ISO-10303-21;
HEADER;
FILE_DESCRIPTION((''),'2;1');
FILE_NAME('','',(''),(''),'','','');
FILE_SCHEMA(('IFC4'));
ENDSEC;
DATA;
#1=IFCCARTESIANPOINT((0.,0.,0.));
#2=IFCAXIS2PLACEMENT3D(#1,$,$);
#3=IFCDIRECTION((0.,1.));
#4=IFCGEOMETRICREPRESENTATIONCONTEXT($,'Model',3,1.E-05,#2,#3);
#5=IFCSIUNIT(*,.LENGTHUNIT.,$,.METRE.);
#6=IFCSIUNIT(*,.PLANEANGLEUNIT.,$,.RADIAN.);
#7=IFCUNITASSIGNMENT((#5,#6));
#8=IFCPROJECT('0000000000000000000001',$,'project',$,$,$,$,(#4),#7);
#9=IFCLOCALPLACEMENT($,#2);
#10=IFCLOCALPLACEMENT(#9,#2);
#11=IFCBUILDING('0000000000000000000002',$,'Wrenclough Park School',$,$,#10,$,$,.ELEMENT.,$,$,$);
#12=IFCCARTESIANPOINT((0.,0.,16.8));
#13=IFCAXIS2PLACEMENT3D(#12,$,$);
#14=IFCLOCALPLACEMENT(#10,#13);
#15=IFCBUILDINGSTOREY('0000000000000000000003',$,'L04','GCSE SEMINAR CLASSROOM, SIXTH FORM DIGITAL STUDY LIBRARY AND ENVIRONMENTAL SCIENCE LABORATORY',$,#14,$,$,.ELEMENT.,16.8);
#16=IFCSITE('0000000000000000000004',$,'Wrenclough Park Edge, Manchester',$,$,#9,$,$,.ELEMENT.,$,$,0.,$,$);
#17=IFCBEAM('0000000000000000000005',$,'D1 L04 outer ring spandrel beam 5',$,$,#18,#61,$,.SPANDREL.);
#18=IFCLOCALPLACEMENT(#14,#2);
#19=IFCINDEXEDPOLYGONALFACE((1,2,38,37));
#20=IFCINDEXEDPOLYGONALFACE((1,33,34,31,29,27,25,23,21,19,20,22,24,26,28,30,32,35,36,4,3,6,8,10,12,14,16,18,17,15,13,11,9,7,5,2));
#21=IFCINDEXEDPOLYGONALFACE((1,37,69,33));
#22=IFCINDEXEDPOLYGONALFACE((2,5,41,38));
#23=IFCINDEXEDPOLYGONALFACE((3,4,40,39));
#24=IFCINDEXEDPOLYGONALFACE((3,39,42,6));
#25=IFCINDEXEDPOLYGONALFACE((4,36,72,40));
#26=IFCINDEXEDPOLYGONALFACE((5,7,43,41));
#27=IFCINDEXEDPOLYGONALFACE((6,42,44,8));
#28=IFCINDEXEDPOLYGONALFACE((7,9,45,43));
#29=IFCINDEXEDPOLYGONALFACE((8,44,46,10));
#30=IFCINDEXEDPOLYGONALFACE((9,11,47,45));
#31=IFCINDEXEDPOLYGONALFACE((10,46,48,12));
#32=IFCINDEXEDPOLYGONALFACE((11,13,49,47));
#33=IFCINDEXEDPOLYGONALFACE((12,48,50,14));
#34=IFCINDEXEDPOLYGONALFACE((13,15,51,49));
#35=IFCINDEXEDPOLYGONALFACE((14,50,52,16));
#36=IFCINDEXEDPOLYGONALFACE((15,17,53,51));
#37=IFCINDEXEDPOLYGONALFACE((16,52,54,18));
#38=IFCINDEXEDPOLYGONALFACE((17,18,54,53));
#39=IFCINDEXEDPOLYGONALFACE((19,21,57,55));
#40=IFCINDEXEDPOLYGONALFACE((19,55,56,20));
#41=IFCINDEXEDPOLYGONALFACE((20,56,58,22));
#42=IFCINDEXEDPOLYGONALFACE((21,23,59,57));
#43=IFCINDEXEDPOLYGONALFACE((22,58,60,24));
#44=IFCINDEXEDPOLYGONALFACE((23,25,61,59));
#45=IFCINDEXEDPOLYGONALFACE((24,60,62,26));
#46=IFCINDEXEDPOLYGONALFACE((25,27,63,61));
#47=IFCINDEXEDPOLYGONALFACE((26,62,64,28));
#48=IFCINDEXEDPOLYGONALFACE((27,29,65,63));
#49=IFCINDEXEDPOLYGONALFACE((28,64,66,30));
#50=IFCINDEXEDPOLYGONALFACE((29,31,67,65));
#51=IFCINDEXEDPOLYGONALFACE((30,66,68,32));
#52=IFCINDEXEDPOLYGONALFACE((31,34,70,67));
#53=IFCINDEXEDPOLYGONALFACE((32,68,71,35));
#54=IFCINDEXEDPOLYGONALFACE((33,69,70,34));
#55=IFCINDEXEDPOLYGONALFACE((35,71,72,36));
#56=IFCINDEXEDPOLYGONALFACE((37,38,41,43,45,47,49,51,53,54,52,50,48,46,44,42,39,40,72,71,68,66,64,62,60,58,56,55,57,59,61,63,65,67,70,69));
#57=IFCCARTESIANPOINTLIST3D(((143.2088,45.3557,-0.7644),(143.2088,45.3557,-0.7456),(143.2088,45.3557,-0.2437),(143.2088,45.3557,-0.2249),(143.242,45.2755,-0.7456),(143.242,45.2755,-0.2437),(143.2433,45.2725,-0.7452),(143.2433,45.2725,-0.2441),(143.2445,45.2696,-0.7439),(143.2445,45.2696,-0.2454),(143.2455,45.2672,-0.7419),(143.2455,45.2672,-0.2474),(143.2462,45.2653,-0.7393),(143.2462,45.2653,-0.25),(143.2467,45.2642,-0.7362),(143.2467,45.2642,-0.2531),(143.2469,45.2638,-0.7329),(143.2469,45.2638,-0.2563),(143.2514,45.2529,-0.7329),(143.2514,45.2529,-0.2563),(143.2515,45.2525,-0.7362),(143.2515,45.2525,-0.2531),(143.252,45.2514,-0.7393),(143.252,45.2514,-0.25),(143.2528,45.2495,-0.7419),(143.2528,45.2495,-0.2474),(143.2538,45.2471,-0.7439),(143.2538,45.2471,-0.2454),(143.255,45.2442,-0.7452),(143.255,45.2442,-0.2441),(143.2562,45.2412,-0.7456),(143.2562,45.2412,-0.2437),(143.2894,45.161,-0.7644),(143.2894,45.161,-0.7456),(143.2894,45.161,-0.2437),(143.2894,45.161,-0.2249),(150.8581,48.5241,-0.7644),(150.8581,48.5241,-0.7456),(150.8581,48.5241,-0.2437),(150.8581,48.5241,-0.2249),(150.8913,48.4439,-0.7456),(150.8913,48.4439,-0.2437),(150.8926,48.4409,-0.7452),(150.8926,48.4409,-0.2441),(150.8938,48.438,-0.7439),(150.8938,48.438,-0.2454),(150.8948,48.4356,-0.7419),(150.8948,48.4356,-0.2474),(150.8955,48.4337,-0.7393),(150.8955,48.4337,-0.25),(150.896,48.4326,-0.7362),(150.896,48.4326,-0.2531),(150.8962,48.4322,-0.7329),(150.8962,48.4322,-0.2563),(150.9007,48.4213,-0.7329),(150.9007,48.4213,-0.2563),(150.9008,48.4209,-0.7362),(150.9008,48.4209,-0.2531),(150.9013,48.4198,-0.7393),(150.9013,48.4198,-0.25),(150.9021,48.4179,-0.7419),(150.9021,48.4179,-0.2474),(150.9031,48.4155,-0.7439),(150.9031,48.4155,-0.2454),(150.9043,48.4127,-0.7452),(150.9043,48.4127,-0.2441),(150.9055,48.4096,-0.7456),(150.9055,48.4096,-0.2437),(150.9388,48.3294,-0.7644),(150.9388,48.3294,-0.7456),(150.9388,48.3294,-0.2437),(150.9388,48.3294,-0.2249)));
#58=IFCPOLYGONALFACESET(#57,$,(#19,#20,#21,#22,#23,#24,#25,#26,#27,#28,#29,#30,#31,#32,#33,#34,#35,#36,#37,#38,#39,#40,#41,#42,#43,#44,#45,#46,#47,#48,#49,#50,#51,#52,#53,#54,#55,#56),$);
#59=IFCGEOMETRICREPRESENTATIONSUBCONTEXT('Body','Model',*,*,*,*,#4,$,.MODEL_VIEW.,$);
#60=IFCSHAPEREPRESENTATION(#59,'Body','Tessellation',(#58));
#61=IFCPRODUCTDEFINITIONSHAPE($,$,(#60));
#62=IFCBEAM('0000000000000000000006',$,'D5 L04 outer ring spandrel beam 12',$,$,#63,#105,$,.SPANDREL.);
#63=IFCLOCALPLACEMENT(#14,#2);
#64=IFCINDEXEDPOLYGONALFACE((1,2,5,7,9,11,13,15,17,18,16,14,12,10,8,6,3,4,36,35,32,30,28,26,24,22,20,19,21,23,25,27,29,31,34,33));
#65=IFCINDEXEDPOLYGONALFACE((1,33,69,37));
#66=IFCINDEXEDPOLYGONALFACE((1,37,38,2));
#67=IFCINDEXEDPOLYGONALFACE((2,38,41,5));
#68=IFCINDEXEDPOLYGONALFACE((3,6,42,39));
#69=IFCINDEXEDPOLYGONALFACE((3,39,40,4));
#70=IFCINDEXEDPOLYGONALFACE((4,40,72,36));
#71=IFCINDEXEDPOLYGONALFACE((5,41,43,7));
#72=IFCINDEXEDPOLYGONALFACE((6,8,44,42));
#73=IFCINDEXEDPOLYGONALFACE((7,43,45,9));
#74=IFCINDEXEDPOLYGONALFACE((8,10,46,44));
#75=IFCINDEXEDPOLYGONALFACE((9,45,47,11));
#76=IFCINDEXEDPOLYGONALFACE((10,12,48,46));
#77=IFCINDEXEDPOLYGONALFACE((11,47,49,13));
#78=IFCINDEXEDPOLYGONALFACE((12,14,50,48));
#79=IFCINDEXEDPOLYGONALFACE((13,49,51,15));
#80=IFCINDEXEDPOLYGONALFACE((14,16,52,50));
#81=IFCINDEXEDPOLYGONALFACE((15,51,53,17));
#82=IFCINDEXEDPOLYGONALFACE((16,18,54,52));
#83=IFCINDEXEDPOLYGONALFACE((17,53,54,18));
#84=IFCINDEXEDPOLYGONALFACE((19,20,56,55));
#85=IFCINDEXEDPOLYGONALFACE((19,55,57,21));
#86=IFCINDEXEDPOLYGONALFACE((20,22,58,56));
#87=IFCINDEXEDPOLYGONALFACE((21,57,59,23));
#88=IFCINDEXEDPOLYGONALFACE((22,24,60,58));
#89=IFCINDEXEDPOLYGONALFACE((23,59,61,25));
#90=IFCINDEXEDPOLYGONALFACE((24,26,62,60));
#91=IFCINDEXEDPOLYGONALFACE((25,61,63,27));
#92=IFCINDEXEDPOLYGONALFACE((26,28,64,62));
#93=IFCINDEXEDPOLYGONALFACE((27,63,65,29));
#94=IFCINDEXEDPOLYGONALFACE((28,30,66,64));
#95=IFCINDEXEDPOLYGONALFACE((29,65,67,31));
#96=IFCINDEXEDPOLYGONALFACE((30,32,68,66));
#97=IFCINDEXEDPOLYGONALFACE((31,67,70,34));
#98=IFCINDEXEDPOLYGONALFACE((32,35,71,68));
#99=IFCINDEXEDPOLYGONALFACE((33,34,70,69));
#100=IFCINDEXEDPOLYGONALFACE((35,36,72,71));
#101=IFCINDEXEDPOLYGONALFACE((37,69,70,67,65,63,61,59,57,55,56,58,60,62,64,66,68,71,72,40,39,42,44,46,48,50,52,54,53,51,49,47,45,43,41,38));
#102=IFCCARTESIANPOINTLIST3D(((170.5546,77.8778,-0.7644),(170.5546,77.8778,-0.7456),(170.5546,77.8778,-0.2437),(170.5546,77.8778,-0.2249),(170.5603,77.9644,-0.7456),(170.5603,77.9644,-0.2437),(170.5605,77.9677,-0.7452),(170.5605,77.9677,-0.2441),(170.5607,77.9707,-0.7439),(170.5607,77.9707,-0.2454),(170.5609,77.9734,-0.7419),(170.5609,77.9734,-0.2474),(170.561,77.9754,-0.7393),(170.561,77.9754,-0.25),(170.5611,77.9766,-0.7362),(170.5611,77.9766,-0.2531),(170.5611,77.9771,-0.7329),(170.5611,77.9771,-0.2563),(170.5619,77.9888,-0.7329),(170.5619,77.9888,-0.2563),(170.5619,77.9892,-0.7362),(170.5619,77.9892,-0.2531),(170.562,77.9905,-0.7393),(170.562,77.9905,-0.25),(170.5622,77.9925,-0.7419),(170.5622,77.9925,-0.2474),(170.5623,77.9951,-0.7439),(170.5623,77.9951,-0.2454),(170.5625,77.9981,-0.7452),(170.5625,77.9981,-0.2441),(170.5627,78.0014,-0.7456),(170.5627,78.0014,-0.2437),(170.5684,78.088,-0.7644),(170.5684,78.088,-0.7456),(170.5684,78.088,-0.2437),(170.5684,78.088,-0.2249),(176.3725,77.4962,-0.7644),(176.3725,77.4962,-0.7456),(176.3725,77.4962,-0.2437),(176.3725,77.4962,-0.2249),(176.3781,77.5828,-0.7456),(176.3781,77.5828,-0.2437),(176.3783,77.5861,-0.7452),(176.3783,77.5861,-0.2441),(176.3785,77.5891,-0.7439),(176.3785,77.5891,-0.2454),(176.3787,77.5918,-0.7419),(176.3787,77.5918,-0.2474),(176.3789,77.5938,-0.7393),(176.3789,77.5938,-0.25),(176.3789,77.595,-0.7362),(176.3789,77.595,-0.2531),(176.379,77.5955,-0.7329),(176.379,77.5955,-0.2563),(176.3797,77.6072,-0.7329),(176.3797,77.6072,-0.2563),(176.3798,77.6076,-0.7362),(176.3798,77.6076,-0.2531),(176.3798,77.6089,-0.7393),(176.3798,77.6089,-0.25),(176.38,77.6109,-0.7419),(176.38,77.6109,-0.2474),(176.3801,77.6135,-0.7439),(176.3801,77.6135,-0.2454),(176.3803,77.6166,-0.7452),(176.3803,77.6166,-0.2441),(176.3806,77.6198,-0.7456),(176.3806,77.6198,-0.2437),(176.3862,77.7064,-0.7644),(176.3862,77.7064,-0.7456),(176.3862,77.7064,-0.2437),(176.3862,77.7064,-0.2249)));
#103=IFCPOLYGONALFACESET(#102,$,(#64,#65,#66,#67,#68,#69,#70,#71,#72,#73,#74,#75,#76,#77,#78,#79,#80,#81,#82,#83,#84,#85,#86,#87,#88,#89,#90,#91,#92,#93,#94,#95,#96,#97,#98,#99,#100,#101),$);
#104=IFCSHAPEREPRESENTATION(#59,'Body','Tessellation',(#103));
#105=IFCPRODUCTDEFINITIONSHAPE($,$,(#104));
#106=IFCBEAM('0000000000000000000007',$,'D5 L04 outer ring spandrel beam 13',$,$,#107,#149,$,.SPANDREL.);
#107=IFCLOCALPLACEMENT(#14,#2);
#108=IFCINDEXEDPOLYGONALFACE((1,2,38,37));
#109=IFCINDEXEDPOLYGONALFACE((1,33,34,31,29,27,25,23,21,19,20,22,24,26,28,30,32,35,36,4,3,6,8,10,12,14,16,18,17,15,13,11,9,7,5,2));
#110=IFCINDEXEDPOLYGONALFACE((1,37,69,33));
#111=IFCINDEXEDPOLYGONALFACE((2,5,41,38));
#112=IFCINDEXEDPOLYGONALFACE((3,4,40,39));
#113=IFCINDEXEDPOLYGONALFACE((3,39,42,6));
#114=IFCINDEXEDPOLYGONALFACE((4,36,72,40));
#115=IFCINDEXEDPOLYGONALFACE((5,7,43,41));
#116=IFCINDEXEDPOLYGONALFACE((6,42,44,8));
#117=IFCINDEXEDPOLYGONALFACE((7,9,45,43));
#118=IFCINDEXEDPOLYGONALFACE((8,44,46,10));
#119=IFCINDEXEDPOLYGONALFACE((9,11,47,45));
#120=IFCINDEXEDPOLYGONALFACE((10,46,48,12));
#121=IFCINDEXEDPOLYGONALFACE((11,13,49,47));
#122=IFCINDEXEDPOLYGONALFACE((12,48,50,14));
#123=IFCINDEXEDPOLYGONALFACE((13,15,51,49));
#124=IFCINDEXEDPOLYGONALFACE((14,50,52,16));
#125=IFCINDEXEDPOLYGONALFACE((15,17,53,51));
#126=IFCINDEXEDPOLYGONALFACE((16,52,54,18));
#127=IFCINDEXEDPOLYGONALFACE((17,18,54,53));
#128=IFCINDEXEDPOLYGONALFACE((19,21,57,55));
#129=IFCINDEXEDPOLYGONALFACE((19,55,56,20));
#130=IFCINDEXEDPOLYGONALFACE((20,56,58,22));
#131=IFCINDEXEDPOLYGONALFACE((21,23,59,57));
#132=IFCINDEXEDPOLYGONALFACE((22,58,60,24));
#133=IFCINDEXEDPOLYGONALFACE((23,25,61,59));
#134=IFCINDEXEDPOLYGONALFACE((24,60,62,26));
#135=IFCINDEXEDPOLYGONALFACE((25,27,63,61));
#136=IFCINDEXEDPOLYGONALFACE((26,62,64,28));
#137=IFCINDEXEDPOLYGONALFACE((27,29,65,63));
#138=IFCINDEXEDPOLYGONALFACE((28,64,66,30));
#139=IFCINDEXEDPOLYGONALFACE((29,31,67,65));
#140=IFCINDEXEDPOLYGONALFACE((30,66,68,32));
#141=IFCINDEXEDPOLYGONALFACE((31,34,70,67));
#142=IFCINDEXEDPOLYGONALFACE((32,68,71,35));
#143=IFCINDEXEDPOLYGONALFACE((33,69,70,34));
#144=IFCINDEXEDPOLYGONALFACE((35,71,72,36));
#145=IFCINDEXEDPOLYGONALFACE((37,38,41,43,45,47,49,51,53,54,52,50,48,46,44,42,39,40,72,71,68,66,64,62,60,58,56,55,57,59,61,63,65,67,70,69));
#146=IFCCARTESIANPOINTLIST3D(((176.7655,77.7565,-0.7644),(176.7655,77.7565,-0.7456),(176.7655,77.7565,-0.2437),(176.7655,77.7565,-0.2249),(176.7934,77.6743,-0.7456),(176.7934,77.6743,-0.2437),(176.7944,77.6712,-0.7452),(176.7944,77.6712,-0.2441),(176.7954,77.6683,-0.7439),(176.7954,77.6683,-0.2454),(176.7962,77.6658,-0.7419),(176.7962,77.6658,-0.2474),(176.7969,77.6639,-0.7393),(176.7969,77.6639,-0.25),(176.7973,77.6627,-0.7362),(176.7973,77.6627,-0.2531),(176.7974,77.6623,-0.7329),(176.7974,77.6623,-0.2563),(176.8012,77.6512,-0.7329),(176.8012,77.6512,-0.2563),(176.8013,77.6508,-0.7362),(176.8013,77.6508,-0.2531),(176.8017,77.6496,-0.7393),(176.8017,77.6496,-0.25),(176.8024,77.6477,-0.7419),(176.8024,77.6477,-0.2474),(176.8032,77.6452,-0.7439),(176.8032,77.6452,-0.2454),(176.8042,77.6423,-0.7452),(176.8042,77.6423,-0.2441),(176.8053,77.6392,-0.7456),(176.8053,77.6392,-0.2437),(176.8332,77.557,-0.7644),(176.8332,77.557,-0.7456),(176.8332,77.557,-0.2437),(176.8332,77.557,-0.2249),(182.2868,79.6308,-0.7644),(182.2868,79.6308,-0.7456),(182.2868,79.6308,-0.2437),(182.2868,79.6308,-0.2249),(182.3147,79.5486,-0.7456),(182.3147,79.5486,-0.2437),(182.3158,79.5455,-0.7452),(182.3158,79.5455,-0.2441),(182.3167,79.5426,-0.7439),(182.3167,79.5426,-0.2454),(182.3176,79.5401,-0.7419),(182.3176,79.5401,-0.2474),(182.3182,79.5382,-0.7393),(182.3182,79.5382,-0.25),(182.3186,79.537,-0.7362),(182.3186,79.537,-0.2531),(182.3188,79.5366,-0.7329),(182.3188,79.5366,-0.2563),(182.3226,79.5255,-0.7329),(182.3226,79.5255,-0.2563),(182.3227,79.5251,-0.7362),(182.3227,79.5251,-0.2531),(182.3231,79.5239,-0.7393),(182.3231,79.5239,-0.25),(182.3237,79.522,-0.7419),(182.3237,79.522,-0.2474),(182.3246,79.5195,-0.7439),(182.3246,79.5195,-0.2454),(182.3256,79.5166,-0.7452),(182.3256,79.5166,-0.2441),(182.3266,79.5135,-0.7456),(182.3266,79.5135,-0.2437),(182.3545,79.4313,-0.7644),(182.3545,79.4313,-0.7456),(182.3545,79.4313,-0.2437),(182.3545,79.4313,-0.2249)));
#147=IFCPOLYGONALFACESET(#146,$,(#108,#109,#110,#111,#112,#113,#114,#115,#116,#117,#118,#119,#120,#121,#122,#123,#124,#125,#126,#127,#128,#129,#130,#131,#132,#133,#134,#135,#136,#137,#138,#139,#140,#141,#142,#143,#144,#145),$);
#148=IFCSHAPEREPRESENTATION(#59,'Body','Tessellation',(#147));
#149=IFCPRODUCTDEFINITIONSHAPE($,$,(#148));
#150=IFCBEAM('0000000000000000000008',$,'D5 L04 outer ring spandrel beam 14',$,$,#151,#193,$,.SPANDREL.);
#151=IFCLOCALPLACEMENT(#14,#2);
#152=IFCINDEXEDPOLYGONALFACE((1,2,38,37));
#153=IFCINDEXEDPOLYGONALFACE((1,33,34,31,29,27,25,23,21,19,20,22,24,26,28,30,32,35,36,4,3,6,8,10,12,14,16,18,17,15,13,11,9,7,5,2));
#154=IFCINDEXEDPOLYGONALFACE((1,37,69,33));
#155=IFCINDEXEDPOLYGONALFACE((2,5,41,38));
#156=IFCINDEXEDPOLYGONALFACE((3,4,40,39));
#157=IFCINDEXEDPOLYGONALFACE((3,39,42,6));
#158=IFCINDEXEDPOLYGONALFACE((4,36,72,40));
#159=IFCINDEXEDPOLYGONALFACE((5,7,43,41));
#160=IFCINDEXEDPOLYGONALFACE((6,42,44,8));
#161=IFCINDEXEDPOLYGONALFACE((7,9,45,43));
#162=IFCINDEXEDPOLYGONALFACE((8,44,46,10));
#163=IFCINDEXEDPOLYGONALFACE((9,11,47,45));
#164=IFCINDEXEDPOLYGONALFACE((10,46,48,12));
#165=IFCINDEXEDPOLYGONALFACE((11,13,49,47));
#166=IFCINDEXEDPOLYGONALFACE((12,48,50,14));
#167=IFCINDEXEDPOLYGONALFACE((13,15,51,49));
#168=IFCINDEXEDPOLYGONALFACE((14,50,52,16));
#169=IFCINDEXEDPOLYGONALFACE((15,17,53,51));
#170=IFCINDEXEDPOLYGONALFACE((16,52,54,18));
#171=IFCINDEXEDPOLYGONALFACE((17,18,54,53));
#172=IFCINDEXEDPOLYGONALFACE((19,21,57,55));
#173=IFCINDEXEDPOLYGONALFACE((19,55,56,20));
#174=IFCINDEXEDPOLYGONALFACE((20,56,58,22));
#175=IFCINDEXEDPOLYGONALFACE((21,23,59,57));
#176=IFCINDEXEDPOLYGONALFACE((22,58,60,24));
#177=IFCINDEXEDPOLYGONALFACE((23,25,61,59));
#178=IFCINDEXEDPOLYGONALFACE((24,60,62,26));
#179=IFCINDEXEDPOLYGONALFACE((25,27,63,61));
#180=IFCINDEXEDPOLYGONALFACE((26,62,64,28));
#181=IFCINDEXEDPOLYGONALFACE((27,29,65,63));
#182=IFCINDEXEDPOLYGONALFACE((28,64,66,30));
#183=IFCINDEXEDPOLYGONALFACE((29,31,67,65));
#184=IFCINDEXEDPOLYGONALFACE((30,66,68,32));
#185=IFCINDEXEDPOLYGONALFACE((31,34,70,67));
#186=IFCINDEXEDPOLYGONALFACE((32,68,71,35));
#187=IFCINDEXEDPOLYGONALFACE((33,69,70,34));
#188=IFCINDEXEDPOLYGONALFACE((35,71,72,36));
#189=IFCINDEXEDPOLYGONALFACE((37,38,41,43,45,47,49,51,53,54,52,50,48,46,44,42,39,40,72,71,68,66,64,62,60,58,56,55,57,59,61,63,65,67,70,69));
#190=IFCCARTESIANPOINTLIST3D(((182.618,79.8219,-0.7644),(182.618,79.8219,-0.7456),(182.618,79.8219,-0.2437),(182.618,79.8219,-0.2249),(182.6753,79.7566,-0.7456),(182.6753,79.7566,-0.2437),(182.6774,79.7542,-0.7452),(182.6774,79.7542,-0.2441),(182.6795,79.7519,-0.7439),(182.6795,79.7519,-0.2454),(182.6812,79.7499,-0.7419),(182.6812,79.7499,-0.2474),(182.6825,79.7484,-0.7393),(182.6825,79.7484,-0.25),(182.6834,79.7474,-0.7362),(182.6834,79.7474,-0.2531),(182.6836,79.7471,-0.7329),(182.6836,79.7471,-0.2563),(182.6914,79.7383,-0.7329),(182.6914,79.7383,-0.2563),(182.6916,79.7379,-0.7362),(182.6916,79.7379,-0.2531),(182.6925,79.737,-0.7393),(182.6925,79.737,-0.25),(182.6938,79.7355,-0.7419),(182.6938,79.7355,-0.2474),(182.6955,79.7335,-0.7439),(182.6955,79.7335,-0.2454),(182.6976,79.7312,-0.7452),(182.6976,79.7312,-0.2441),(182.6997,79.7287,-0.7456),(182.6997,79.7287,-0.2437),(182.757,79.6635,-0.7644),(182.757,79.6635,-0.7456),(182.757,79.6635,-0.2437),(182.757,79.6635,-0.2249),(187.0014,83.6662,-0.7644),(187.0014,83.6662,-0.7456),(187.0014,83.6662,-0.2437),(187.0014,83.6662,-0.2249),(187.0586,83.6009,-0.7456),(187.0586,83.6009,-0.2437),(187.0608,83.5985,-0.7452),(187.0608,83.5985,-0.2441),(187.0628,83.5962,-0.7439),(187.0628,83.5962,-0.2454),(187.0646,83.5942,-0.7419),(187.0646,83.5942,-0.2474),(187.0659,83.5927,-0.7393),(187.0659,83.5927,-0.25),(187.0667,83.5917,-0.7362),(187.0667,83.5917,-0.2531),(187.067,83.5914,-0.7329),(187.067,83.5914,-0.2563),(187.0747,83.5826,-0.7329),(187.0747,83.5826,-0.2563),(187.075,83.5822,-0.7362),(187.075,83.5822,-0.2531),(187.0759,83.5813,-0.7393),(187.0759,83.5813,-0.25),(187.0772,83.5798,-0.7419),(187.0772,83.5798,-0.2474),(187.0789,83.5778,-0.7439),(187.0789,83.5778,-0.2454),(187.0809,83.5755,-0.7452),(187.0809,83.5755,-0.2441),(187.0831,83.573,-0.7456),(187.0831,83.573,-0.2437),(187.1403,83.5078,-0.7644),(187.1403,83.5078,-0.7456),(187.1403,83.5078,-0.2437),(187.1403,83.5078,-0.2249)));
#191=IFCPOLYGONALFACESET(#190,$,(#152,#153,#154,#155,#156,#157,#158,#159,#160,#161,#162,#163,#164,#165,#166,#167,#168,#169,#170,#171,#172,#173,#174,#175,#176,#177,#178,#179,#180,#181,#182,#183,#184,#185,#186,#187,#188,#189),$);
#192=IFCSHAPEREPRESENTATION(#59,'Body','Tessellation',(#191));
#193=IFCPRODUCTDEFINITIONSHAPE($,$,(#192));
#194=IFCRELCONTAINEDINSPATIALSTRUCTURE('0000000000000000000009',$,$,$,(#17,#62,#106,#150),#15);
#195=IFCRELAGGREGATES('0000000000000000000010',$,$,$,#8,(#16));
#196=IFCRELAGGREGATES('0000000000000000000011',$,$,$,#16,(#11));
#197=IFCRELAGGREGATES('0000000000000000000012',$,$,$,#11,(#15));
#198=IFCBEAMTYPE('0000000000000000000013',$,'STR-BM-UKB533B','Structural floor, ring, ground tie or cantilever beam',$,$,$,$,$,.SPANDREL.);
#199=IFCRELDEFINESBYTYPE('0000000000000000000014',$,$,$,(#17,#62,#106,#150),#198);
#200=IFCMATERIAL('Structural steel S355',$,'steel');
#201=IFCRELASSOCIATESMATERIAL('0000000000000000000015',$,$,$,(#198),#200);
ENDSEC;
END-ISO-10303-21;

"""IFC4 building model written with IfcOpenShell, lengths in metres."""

from ifc_helpers import new_model, si_unit, direction, frame, origin, origin_2d, place, context, subcontext, project, spatial, i_section, extrude, material, material_profile, profile_set, type_object, element, save


model = new_model("IFC4")

# Units and contexts
model_context = context("Model", 3, precision=1e-05, world=origin(), true_north=direction((0.0, 1.0)))
body_context = subcontext(model_context, "Body", "Model", "MODEL_VIEW")
ifc_project = project(units=[si_unit("LENGTHUNIT", "METRE"), si_unit("PLANEANGLEUNIT", "RADIAN")], contexts=[model_context])

# Site, building, storey
site_placement = place(None, origin())
site = spatial("IfcSite", under=ifc_project, at=site_placement, Name="Wrenclough Park Edge, Manchester", CompositionType="ELEMENT", RefElevation=0.0)
building_placement = place(site_placement, origin())
building = spatial("IfcBuilding", under=site, at=building_placement, Name="Wrenclough Park School", CompositionType="ELEMENT")
storey_placement = place(building_placement, frame((0.0, 0.0, 16.8)))
storey = spatial("IfcBuildingStorey", under=building, at=storey_placement, Name="L04", Description="GCSE SEMINAR CLASSROOM, SIXTH FORM DIGITAL STUDY LIBRARY AND ENVIRONMENTAL SCIENCE LABORATORY", CompositionType="ELEMENT", Elevation=16.8)

# Shared definitions
ifc_material_1 = material(Name="Structural steel S355", Category="steel")

# Beams
ifc_material_profile_1 = material_profile(ifc_material_1, i_section(OverallWidth=0.2107, OverallDepth=0.5396, WebThickness=0.0117, FlangeThickness=0.0188, FilletRadius=0.0127, at=origin_2d()), Name="UKB 533x210x109")
ifc_profile_set_1 = profile_set([ifc_material_profile_1], Name="Structural steel S355")
beam_type_1 = type_object("IfcBeamType", Name="STR-BM-UKB533B", Description="Structural floor, ring, ground tie or cantilever beam", PredefinedType="SPANDREL", material=ifc_profile_set_1)
beam_1_placement = place(storey_placement, frame((150.8984, 48.4268, -0.4946), z_axis=(-0.923881, -0.38268, 0.0), x_axis=(0.38268, -0.923881, 0.0)))
element("IfcBeam", 1, at=beam_1_placement, inside=storey, type_object=beam_type_1, Name="D1 L04 outer ring spandrel beam 5", PredefinedType="SPANDREL", context=body_context, shape_type="SweptSolid", body=[
    extrude(i_section(OverallWidth=0.2107, OverallDepth=0.5396, WebThickness=0.0117, FlangeThickness=0.0188, FilletRadius=0.0127, at=origin_2d()), origin(), (0.0, 0.0, 1.0), 8.2795),
])
beam_2_placement = place(storey_placement, frame((170.5615, 77.9829, -0.4946), z_axis=(0.997856, -0.065449, 0.0), x_axis=(0.065449, 0.997856, 0.0)))
element("IfcBeam", 2, at=beam_2_placement, inside=storey, type_object=beam_type_1, Name="D5 L04 outer ring spandrel beam 12", PredefinedType="SPANDREL", context=body_context, shape_type="SweptSolid", body=[
    extrude(i_section(OverallWidth=0.2107, OverallDepth=0.5396, WebThickness=0.0117, FlangeThickness=0.0188, FilletRadius=0.0127, at=origin_2d()), origin(), (0.0, 0.0, 1.0), 5.8303),
])
beam_3_placement = place(storey_placement, frame((176.7993, 77.6567, -0.4946), z_axis=(0.946927, 0.321449, 0.0), x_axis=(-0.321449, 0.946927, 0.0)))
element("IfcBeam", 3, at=beam_3_placement, inside=storey, type_object=beam_type_1, Name="D5 L04 outer ring spandrel beam 13", PredefinedType="SPANDREL", context=body_context, shape_type="SweptSolid", body=[
    extrude(i_section(OverallWidth=0.2107, OverallDepth=0.5396, WebThickness=0.0117, FlangeThickness=0.0188, FilletRadius=0.0127, at=origin_2d()), origin(), (0.0, 0.0, 1.0), 5.8308),
])
beam_4_placement = place(storey_placement, frame((182.6875, 79.7427, -0.4946), z_axis=(0.751824, 0.659364, 0.0), x_axis=(-0.659364, 0.751824, 0.0)))
element("IfcBeam", 4, at=beam_4_placement, inside=storey, type_object=beam_type_1, Name="D5 L04 outer ring spandrel beam 14", PredefinedType="SPANDREL", context=body_context, shape_type="SweptSolid", body=[
    extrude(i_section(OverallWidth=0.2107, OverallDepth=0.5396, WebThickness=0.0117, FlangeThickness=0.0188, FilletRadius=0.0127, at=origin_2d()), origin(), (0.0, 0.0, 1.0), 5.8303),
])

save(model, "model.ifc")
